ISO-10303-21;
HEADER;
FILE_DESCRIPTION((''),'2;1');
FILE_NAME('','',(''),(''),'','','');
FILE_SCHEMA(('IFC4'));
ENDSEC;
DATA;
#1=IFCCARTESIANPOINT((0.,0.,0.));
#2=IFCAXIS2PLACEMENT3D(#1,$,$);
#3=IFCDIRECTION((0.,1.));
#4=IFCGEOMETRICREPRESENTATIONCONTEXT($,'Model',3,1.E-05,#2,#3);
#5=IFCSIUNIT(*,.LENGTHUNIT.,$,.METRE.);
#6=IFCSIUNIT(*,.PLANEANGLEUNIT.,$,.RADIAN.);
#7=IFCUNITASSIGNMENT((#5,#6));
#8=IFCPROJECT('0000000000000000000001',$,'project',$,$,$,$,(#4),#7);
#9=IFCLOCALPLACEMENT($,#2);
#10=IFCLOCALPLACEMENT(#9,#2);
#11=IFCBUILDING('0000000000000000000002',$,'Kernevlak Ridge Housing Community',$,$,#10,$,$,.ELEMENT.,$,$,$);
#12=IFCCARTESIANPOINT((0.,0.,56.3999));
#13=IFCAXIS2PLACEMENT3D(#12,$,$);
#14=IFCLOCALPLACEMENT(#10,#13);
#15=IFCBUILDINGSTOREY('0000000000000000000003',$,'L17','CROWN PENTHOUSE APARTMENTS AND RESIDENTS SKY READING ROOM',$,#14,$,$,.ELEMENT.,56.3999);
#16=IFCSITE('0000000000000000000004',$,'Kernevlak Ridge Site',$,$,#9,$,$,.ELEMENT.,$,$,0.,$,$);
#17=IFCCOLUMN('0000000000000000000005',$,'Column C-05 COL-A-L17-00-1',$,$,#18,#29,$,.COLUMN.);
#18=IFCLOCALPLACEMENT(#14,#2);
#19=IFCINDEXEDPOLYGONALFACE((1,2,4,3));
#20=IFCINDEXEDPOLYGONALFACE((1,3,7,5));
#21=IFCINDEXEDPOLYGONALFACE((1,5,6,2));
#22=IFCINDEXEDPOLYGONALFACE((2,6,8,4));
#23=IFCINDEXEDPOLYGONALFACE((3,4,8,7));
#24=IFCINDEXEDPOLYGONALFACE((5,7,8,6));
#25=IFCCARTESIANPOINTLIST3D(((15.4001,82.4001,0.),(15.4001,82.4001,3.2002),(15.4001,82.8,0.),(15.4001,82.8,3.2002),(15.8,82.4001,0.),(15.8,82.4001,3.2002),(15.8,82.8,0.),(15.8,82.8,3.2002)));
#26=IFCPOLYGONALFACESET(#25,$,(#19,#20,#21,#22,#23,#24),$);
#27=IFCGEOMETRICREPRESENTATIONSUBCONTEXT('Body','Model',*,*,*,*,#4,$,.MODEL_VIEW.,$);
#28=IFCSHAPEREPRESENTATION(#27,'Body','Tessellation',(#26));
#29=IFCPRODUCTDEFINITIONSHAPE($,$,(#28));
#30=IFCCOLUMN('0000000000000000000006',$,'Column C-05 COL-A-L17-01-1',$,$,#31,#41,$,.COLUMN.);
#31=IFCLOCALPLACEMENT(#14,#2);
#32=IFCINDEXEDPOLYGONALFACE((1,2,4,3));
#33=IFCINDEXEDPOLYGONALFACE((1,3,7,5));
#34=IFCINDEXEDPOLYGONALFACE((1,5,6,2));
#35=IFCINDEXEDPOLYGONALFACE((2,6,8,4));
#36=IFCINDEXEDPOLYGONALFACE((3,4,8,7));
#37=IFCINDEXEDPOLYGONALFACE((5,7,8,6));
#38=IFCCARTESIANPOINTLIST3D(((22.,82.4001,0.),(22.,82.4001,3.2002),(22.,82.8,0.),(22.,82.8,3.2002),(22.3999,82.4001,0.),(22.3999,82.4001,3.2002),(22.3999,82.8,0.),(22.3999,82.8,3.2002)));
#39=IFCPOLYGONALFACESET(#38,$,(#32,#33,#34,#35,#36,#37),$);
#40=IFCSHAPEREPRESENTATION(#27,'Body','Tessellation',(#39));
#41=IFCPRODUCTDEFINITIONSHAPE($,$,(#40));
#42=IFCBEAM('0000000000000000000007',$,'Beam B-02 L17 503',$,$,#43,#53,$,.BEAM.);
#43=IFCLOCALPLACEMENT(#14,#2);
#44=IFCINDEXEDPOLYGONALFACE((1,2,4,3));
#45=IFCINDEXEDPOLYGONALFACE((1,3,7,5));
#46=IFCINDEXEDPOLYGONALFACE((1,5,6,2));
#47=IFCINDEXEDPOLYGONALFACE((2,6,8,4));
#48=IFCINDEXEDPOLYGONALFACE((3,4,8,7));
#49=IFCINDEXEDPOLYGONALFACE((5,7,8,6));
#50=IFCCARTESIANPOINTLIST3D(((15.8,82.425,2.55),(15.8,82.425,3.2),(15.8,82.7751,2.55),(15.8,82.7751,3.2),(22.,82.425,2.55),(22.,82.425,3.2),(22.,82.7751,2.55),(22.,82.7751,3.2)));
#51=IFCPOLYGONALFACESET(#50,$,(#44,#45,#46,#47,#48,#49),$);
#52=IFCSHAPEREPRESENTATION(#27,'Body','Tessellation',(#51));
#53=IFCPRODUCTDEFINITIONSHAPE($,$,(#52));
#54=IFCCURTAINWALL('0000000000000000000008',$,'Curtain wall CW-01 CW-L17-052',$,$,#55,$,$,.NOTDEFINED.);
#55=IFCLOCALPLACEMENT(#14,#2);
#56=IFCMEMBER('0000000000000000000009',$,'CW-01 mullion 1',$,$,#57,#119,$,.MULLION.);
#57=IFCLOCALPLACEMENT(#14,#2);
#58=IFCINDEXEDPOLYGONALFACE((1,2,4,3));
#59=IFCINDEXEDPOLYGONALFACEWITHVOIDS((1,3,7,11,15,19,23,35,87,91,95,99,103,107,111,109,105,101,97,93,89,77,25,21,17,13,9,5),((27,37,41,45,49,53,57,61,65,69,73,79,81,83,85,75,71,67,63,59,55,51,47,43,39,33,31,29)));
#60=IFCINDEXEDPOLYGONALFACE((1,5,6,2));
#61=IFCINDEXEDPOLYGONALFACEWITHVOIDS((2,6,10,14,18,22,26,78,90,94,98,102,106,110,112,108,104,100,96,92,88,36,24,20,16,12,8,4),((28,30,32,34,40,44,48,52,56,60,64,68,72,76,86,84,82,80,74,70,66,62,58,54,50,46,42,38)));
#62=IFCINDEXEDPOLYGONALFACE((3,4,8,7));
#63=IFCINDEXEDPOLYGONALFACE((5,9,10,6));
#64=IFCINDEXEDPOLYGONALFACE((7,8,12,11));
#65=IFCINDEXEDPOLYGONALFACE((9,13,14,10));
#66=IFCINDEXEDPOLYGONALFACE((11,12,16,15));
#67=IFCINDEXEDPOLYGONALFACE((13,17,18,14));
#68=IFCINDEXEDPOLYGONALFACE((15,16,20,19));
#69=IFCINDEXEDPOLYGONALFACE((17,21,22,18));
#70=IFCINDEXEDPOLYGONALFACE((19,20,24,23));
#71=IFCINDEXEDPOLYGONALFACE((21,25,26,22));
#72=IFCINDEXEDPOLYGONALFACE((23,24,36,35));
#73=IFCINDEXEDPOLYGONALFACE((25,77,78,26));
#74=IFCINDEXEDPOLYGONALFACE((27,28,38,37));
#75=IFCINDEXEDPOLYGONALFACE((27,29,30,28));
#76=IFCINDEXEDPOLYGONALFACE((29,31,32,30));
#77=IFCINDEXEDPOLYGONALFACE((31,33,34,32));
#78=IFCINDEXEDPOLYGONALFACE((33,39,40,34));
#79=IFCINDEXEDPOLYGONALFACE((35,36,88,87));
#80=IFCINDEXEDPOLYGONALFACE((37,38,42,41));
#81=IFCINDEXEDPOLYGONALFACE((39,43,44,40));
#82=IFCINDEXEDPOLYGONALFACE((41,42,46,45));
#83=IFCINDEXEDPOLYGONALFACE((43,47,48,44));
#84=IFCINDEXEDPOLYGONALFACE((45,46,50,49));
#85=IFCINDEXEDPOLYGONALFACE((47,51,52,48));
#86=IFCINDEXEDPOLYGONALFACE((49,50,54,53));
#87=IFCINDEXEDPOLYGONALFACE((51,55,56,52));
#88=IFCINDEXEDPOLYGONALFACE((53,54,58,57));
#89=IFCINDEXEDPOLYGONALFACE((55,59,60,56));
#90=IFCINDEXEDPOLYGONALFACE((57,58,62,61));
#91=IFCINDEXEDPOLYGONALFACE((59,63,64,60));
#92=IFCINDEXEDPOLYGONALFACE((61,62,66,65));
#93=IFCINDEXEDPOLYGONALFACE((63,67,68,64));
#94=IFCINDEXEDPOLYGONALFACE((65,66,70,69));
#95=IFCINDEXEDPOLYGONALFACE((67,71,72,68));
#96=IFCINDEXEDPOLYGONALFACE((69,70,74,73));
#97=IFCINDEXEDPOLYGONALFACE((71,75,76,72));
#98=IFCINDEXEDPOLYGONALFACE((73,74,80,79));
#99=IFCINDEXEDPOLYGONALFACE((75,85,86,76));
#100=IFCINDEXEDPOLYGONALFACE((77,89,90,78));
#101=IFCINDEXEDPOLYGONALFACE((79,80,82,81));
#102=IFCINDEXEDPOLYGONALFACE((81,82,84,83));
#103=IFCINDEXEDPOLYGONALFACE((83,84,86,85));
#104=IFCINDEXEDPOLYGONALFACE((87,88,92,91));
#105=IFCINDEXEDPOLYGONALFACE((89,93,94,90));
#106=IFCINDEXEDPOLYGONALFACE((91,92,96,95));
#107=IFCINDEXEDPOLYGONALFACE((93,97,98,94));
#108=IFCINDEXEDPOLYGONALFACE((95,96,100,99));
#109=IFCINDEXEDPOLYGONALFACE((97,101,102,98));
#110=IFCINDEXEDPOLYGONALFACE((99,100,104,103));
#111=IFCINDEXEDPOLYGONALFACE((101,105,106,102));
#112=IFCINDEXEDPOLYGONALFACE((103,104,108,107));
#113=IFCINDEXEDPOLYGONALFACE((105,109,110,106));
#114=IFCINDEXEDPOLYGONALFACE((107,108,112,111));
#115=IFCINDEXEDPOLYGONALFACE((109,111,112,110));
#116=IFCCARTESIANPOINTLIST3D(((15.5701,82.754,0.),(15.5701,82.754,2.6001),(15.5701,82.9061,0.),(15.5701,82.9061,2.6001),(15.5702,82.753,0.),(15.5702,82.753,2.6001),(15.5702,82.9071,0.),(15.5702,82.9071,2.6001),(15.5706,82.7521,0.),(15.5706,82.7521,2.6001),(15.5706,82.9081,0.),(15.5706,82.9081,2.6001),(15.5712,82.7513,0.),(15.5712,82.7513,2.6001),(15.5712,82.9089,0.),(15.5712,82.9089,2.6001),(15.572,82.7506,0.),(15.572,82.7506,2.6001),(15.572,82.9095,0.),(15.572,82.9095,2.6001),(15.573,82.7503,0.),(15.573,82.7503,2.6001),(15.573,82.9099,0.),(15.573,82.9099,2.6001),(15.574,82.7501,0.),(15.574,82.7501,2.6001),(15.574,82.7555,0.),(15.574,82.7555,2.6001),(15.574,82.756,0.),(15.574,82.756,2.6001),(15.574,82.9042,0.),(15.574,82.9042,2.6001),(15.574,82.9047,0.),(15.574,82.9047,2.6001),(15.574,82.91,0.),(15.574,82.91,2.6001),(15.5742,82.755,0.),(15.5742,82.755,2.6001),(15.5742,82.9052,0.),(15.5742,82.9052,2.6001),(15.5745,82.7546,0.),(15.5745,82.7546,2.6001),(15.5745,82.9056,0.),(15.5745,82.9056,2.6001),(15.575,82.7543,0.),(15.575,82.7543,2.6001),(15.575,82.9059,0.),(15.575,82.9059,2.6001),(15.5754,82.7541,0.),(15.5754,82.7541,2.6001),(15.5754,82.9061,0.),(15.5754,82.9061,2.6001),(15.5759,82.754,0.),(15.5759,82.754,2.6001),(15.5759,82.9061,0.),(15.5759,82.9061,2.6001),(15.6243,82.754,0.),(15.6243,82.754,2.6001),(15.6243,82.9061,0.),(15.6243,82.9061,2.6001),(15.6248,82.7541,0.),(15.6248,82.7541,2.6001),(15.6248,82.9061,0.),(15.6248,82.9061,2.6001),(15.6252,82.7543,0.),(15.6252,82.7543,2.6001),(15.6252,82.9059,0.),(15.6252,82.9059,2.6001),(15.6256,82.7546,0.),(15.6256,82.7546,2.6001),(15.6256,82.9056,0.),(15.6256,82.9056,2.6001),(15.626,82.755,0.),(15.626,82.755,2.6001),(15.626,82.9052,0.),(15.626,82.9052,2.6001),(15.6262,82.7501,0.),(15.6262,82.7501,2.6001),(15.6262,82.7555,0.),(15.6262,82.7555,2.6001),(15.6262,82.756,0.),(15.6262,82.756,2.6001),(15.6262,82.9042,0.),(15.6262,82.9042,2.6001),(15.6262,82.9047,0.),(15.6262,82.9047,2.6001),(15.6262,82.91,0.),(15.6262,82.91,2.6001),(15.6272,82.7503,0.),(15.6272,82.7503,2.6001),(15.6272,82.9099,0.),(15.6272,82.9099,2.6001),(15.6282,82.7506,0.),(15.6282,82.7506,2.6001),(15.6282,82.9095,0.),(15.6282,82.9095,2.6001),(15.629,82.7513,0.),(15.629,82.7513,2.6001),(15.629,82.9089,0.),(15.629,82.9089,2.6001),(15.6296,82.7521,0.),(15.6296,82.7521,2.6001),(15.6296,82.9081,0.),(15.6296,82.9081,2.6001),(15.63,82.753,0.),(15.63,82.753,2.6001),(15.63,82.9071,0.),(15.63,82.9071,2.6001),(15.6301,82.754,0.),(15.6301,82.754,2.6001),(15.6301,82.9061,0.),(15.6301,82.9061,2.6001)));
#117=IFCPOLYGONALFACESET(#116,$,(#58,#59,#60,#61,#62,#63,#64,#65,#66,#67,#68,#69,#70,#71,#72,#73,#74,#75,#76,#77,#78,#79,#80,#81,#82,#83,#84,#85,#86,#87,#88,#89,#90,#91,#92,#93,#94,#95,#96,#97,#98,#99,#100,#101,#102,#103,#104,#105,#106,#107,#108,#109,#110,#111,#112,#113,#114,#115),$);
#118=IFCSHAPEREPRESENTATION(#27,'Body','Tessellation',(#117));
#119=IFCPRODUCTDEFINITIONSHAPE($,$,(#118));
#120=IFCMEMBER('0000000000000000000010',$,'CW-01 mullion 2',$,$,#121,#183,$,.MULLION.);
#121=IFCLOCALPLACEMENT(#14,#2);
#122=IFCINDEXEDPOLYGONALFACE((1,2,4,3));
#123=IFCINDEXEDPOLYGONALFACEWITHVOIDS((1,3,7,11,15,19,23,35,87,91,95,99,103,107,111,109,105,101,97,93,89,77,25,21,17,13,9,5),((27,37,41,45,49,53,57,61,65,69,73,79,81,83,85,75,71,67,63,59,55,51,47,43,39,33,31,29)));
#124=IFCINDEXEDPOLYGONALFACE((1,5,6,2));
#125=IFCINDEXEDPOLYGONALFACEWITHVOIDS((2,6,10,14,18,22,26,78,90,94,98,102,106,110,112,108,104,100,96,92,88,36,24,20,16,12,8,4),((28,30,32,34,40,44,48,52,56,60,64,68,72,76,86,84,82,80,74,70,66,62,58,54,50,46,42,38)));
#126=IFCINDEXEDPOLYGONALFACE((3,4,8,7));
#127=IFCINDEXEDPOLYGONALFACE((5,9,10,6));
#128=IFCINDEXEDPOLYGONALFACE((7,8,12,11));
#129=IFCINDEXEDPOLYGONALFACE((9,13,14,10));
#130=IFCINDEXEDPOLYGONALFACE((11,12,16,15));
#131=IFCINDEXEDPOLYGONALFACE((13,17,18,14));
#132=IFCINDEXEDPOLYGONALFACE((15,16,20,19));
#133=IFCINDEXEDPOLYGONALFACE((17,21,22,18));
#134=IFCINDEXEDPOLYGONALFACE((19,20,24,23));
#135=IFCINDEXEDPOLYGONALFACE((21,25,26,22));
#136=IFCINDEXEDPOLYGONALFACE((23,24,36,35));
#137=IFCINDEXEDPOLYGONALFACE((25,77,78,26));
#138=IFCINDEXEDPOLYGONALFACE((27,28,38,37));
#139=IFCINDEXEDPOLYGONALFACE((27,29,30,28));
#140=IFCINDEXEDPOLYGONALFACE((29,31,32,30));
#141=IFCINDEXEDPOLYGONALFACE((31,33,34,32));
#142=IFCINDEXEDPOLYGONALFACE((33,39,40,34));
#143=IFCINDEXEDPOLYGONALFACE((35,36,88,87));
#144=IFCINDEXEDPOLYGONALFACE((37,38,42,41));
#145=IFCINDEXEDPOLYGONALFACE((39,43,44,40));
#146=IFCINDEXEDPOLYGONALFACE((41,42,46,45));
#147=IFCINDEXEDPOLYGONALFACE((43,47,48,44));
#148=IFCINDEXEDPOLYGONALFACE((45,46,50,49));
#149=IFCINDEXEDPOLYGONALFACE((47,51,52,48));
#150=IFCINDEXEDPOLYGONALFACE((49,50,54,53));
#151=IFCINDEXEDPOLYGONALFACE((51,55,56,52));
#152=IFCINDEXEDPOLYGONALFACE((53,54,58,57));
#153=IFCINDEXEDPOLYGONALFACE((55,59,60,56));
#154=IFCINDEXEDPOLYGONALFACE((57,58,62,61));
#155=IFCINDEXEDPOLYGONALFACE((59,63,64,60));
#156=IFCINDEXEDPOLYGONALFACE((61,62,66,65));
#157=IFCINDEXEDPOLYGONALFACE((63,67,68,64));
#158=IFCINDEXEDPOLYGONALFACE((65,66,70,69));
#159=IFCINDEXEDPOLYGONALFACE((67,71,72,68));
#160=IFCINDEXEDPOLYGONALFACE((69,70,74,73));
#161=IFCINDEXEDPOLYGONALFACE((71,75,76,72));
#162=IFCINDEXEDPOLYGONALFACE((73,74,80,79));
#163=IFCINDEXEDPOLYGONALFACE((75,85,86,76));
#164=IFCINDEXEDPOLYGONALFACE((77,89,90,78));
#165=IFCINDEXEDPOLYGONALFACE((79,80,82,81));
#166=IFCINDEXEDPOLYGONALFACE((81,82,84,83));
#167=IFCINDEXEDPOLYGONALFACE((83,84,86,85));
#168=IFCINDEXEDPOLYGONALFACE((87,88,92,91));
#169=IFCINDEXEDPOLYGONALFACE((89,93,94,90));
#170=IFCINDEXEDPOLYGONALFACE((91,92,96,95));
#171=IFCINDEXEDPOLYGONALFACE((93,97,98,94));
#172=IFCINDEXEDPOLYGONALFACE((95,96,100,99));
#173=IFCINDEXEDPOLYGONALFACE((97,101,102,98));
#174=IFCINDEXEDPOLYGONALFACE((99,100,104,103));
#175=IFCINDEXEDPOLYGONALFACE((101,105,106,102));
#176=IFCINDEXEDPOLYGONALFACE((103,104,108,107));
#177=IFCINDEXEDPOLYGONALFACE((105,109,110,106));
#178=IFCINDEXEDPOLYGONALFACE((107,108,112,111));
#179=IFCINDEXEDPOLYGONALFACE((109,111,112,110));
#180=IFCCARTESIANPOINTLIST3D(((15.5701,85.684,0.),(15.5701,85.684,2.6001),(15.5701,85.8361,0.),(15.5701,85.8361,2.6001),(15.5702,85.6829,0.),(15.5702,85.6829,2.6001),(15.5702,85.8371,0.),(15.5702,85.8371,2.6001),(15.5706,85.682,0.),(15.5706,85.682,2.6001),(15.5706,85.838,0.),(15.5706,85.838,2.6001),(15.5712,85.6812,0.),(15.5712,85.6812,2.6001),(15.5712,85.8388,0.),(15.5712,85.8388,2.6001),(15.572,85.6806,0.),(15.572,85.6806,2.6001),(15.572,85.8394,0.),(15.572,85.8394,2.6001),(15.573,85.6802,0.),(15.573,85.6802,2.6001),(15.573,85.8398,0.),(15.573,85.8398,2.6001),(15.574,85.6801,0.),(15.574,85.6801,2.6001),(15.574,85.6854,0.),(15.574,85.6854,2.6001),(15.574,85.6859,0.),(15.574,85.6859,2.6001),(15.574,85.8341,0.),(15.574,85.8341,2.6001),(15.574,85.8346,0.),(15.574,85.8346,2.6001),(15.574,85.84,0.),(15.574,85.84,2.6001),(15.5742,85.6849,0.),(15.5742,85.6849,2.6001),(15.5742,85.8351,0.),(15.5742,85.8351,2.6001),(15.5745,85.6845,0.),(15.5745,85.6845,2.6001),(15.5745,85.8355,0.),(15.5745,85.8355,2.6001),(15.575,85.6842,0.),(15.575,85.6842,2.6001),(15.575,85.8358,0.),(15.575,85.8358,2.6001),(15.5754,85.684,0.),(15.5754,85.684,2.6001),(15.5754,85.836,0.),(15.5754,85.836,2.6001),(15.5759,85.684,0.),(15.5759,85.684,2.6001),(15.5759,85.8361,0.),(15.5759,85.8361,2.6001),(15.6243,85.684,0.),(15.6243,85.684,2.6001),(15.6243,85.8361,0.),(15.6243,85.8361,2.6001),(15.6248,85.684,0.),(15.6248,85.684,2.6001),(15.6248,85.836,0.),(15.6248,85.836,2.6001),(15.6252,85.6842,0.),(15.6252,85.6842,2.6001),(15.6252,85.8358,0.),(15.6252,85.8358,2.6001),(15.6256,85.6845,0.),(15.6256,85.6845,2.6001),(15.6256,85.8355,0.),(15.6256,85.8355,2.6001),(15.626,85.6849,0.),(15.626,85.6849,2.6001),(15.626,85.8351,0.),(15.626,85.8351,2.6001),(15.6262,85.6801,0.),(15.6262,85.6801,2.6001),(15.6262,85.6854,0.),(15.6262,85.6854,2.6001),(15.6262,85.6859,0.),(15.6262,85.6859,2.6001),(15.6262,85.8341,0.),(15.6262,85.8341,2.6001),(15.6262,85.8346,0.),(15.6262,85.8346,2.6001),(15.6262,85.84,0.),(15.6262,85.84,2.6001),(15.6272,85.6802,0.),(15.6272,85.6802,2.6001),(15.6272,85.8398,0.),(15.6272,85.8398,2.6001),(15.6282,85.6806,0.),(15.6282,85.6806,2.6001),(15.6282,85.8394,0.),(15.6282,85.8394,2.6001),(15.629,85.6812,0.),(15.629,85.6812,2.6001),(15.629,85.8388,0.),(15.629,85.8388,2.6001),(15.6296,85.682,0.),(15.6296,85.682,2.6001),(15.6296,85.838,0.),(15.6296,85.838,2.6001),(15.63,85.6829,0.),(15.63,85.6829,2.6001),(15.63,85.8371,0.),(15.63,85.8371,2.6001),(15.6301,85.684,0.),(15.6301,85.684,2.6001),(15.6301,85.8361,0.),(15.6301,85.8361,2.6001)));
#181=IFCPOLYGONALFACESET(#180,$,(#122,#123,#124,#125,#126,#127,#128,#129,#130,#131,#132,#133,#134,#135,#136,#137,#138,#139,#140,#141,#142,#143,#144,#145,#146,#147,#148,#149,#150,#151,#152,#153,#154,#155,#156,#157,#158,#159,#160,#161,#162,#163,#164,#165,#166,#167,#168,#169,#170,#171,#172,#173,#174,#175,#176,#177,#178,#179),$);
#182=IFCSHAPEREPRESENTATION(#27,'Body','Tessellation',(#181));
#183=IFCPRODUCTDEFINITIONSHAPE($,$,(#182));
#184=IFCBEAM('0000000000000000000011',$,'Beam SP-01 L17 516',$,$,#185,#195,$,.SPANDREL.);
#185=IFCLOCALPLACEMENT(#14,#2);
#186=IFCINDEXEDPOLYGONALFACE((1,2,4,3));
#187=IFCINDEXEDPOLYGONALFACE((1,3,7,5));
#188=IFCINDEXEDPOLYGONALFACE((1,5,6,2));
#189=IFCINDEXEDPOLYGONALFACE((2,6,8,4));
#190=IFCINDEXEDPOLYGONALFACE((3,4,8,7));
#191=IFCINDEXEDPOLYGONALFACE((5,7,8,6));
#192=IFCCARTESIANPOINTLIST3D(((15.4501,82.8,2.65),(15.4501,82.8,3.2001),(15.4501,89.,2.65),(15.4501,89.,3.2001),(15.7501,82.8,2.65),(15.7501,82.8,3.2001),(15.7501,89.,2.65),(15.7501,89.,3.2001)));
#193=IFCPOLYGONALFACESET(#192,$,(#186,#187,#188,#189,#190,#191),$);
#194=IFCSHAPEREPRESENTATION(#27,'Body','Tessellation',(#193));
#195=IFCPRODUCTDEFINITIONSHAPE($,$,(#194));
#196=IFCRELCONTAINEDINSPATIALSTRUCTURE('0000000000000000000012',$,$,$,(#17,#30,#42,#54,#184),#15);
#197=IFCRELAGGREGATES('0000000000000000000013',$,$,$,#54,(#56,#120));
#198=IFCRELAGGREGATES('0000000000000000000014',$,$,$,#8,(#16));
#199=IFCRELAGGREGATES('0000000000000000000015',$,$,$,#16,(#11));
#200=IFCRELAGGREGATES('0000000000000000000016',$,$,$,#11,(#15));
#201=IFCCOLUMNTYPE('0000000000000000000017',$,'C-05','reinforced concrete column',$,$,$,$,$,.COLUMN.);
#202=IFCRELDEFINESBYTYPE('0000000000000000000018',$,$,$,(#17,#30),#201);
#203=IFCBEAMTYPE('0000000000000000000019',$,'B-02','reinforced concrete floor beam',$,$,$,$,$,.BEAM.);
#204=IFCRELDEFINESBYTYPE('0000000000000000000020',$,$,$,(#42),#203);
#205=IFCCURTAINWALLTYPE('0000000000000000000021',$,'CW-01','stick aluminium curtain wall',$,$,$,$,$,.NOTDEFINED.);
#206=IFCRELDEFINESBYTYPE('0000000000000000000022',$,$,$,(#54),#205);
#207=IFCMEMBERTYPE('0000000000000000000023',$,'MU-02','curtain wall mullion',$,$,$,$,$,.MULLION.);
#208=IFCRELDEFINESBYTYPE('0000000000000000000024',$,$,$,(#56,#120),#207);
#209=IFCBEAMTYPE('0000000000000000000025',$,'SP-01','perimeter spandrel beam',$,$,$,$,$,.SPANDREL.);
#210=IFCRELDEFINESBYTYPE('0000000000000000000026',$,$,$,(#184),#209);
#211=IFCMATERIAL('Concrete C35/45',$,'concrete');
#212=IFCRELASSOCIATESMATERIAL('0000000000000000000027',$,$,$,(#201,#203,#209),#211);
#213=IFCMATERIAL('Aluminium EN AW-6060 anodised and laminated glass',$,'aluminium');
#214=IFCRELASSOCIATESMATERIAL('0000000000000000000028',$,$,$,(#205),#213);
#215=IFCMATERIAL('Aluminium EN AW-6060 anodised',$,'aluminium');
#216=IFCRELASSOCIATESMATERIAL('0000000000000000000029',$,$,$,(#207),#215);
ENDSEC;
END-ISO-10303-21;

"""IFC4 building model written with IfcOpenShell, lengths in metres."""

from ifc_helpers import new_model, si_unit, direction, frame, origin, origin_2d, place, context, subcontext, project, spatial, rectangle, hollow_rectangle, extrude, material, material_profile, profile_set, type_object, element, aggregate, save


model = new_model("IFC4")

# Units and contexts
model_context = context("Model", 3, precision=1e-05, world=origin(), true_north=direction((0.0, 1.0)))
body_context = subcontext(model_context, "Body", "Model", "MODEL_VIEW")
ifc_project = project(units=[si_unit("LENGTHUNIT", "METRE"), si_unit("PLANEANGLEUNIT", "RADIAN")], contexts=[model_context])

# Site, building, storey
site_placement = place(None, origin())
site = spatial("IfcSite", under=ifc_project, at=site_placement, Name="Kernevlak Ridge Site", CompositionType="ELEMENT", RefElevation=0.0)
building_placement = place(site_placement, origin())
building = spatial("IfcBuilding", under=site, at=building_placement, Name="Kernevlak Ridge Housing Community", CompositionType="ELEMENT")
storey_placement = place(building_placement, frame((0.0, 0.0, 56.3999)))
storey = spatial("IfcBuildingStorey", under=building, at=storey_placement, Name="L17", Description="CROWN PENTHOUSE APARTMENTS AND RESIDENTS SKY READING ROOM", CompositionType="ELEMENT", Elevation=56.3999)

# Columns
ifc_material_1 = material(Name="Concrete C35/45", Category="concrete")
ifc_material_profile_1 = material_profile(ifc_material_1, rectangle(XDim=0.3999, YDim=0.3999, at=origin_2d()), Name="RC 400x400")
ifc_profile_set_1 = profile_set([ifc_material_profile_1], Name="Concrete C35/45")
column_type = type_object("IfcColumnType", Name="C-05", Description="reinforced concrete column", PredefinedType="COLUMN", material=ifc_profile_set_1)
for number, where, z_axis, x_axis, name in (
    (1, (15.6001, 82.6001, 0.0), (0.0, 0.0, 1.0), (1.0, 0.0, 0.0), "Column C-05 COL-A-L17-00-1"),
    (2, (22.2, 82.6001, 0.0), (0.0, 0.0, 1.0), (1.0, 0.0, 0.0), "Column C-05 COL-A-L17-01-1"),
):
    element("IfcColumn", number, at=place(storey_placement, frame(where, z_axis=z_axis, x_axis=x_axis)), inside=storey, type_object=column_type, Name=name, PredefinedType="COLUMN", context=body_context, shape_type="SweptSolid", body=[
        extrude(rectangle(XDim=0.3999, YDim=0.3999, at=origin_2d()), origin(), (0.0, 0.0, 1.0), 3.2002),
    ])

# Beam
ifc_material_profile_2 = material_profile(ifc_material_1, rectangle(XDim=0.3501, YDim=0.6499, at=origin_2d()), Name="RC 350x650")
ifc_profile_set_2 = profile_set([ifc_material_profile_2], Name="Concrete C35/45")
beam_type_1 = type_object("IfcBeamType", Name="B-02", Description="reinforced concrete floor beam", PredefinedType="BEAM", material=ifc_profile_set_2)
beam_1_placement = place(storey_placement, frame((15.8, 82.6001, 2.875), z_axis=(1.0, 0.0, 0.0), x_axis=(0.0, 1.0, 0.0)))
element("IfcBeam", 3, at=beam_1_placement, inside=storey, type_object=beam_type_1, Name="Beam B-02 L17 503", PredefinedType="BEAM", context=body_context, shape_type="SweptSolid", body=[
    extrude(rectangle(XDim=0.3501, YDim=0.6499, at=origin_2d()), origin(), (0.0, 0.0, 1.0), 6.2),
])

# Curtain wall, members
ifc_material_2 = material(Name="Aluminium EN AW-6060 anodised and laminated glass", Category="aluminium")
curtain_wall_type = type_object("IfcCurtainWallType", Name="CW-01", Description="stick aluminium curtain wall", PredefinedType="NOTDEFINED", material=ifc_material_2)
curtain_wall_placement = place(storey_placement, origin())
curtain_wall = element("IfcCurtainWall", 4, at=curtain_wall_placement, inside=storey, type_object=curtain_wall_type, Name="Curtain wall CW-01 CW-L17-052", PredefinedType="NOTDEFINED")
ifc_material_3 = material(Name="Aluminium EN AW-6060 anodised", Category="aluminium")
ifc_material_profile_3 = material_profile(ifc_material_3, hollow_rectangle(XDim=0.0601, YDim=0.1599, WallThickness=0.0039, InnerFilletRadius=0.002, OuterFilletRadius=0.0039, at=origin_2d()), Name="ALU 60x160x4")
ifc_profile_set_3 = profile_set([ifc_material_profile_3], Name="Aluminium EN AW-6060 anodised")
member_type_1 = type_object("IfcMemberType", Name="MU-02", Description="curtain wall mullion", PredefinedType="MULLION", material=ifc_profile_set_3)
member_1_placement = place(storey_placement, frame((15.6001, 82.8301, 0.0), z_axis=(0.0, 0.0, 1.0), x_axis=(-1.0, 0.0, 0.0)))
member_1 = element("IfcMember", 5, at=member_1_placement, type_object=member_type_1, Name="CW-01 mullion 1", PredefinedType="MULLION", context=body_context, shape_type="SweptSolid", body=[
    extrude(hollow_rectangle(XDim=0.0601, YDim=0.1599, WallThickness=0.0039, InnerFilletRadius=0.002, OuterFilletRadius=0.0039, at=origin_2d()), origin(), (0.0, 0.0, 1.0), 2.6001),
])
member_2_placement = place(storey_placement, frame((15.6001, 85.76, 0.0), z_axis=(0.0, 0.0, 1.0), x_axis=(-1.0, 0.0, 0.0)))
member_2 = element("IfcMember", 6, at=member_2_placement, type_object=member_type_1, Name="CW-01 mullion 2", PredefinedType="MULLION", context=body_context, shape_type="SweptSolid", body=[
    extrude(hollow_rectangle(XDim=0.0601, YDim=0.1599, WallThickness=0.0039, InnerFilletRadius=0.002, OuterFilletRadius=0.0039, at=origin_2d()), origin(), (0.0, 0.0, 1.0), 2.6001),
])

# Beam
ifc_material_profile_4 = material_profile(ifc_material_1, rectangle(XDim=0.3, YDim=0.55, at=origin_2d()), Name="RC 300x550")
ifc_profile_set_4 = profile_set([ifc_material_profile_4], Name="Concrete C35/45")
beam_type_2 = type_object("IfcBeamType", Name="SP-01", Description="perimeter spandrel beam", PredefinedType="SPANDREL", material=ifc_profile_set_4)
beam_2_placement = place(storey_placement, frame((15.6001, 82.8, 2.925), z_axis=(0.0, 1.0, 0.0), x_axis=(-1.0, 0.0, 0.0)))
element("IfcBeam", 7, at=beam_2_placement, inside=storey, type_object=beam_type_2, Name="Beam SP-01 L17 516", PredefinedType="SPANDREL", context=body_context, shape_type="SweptSolid", body=[
    extrude(rectangle(XDim=0.3, YDim=0.55, at=origin_2d()), origin(), (0.0, 0.0, 1.0), 6.2),
])

aggregate(curtain_wall, [member_1, member_2])

save(model, "model.ifc")
